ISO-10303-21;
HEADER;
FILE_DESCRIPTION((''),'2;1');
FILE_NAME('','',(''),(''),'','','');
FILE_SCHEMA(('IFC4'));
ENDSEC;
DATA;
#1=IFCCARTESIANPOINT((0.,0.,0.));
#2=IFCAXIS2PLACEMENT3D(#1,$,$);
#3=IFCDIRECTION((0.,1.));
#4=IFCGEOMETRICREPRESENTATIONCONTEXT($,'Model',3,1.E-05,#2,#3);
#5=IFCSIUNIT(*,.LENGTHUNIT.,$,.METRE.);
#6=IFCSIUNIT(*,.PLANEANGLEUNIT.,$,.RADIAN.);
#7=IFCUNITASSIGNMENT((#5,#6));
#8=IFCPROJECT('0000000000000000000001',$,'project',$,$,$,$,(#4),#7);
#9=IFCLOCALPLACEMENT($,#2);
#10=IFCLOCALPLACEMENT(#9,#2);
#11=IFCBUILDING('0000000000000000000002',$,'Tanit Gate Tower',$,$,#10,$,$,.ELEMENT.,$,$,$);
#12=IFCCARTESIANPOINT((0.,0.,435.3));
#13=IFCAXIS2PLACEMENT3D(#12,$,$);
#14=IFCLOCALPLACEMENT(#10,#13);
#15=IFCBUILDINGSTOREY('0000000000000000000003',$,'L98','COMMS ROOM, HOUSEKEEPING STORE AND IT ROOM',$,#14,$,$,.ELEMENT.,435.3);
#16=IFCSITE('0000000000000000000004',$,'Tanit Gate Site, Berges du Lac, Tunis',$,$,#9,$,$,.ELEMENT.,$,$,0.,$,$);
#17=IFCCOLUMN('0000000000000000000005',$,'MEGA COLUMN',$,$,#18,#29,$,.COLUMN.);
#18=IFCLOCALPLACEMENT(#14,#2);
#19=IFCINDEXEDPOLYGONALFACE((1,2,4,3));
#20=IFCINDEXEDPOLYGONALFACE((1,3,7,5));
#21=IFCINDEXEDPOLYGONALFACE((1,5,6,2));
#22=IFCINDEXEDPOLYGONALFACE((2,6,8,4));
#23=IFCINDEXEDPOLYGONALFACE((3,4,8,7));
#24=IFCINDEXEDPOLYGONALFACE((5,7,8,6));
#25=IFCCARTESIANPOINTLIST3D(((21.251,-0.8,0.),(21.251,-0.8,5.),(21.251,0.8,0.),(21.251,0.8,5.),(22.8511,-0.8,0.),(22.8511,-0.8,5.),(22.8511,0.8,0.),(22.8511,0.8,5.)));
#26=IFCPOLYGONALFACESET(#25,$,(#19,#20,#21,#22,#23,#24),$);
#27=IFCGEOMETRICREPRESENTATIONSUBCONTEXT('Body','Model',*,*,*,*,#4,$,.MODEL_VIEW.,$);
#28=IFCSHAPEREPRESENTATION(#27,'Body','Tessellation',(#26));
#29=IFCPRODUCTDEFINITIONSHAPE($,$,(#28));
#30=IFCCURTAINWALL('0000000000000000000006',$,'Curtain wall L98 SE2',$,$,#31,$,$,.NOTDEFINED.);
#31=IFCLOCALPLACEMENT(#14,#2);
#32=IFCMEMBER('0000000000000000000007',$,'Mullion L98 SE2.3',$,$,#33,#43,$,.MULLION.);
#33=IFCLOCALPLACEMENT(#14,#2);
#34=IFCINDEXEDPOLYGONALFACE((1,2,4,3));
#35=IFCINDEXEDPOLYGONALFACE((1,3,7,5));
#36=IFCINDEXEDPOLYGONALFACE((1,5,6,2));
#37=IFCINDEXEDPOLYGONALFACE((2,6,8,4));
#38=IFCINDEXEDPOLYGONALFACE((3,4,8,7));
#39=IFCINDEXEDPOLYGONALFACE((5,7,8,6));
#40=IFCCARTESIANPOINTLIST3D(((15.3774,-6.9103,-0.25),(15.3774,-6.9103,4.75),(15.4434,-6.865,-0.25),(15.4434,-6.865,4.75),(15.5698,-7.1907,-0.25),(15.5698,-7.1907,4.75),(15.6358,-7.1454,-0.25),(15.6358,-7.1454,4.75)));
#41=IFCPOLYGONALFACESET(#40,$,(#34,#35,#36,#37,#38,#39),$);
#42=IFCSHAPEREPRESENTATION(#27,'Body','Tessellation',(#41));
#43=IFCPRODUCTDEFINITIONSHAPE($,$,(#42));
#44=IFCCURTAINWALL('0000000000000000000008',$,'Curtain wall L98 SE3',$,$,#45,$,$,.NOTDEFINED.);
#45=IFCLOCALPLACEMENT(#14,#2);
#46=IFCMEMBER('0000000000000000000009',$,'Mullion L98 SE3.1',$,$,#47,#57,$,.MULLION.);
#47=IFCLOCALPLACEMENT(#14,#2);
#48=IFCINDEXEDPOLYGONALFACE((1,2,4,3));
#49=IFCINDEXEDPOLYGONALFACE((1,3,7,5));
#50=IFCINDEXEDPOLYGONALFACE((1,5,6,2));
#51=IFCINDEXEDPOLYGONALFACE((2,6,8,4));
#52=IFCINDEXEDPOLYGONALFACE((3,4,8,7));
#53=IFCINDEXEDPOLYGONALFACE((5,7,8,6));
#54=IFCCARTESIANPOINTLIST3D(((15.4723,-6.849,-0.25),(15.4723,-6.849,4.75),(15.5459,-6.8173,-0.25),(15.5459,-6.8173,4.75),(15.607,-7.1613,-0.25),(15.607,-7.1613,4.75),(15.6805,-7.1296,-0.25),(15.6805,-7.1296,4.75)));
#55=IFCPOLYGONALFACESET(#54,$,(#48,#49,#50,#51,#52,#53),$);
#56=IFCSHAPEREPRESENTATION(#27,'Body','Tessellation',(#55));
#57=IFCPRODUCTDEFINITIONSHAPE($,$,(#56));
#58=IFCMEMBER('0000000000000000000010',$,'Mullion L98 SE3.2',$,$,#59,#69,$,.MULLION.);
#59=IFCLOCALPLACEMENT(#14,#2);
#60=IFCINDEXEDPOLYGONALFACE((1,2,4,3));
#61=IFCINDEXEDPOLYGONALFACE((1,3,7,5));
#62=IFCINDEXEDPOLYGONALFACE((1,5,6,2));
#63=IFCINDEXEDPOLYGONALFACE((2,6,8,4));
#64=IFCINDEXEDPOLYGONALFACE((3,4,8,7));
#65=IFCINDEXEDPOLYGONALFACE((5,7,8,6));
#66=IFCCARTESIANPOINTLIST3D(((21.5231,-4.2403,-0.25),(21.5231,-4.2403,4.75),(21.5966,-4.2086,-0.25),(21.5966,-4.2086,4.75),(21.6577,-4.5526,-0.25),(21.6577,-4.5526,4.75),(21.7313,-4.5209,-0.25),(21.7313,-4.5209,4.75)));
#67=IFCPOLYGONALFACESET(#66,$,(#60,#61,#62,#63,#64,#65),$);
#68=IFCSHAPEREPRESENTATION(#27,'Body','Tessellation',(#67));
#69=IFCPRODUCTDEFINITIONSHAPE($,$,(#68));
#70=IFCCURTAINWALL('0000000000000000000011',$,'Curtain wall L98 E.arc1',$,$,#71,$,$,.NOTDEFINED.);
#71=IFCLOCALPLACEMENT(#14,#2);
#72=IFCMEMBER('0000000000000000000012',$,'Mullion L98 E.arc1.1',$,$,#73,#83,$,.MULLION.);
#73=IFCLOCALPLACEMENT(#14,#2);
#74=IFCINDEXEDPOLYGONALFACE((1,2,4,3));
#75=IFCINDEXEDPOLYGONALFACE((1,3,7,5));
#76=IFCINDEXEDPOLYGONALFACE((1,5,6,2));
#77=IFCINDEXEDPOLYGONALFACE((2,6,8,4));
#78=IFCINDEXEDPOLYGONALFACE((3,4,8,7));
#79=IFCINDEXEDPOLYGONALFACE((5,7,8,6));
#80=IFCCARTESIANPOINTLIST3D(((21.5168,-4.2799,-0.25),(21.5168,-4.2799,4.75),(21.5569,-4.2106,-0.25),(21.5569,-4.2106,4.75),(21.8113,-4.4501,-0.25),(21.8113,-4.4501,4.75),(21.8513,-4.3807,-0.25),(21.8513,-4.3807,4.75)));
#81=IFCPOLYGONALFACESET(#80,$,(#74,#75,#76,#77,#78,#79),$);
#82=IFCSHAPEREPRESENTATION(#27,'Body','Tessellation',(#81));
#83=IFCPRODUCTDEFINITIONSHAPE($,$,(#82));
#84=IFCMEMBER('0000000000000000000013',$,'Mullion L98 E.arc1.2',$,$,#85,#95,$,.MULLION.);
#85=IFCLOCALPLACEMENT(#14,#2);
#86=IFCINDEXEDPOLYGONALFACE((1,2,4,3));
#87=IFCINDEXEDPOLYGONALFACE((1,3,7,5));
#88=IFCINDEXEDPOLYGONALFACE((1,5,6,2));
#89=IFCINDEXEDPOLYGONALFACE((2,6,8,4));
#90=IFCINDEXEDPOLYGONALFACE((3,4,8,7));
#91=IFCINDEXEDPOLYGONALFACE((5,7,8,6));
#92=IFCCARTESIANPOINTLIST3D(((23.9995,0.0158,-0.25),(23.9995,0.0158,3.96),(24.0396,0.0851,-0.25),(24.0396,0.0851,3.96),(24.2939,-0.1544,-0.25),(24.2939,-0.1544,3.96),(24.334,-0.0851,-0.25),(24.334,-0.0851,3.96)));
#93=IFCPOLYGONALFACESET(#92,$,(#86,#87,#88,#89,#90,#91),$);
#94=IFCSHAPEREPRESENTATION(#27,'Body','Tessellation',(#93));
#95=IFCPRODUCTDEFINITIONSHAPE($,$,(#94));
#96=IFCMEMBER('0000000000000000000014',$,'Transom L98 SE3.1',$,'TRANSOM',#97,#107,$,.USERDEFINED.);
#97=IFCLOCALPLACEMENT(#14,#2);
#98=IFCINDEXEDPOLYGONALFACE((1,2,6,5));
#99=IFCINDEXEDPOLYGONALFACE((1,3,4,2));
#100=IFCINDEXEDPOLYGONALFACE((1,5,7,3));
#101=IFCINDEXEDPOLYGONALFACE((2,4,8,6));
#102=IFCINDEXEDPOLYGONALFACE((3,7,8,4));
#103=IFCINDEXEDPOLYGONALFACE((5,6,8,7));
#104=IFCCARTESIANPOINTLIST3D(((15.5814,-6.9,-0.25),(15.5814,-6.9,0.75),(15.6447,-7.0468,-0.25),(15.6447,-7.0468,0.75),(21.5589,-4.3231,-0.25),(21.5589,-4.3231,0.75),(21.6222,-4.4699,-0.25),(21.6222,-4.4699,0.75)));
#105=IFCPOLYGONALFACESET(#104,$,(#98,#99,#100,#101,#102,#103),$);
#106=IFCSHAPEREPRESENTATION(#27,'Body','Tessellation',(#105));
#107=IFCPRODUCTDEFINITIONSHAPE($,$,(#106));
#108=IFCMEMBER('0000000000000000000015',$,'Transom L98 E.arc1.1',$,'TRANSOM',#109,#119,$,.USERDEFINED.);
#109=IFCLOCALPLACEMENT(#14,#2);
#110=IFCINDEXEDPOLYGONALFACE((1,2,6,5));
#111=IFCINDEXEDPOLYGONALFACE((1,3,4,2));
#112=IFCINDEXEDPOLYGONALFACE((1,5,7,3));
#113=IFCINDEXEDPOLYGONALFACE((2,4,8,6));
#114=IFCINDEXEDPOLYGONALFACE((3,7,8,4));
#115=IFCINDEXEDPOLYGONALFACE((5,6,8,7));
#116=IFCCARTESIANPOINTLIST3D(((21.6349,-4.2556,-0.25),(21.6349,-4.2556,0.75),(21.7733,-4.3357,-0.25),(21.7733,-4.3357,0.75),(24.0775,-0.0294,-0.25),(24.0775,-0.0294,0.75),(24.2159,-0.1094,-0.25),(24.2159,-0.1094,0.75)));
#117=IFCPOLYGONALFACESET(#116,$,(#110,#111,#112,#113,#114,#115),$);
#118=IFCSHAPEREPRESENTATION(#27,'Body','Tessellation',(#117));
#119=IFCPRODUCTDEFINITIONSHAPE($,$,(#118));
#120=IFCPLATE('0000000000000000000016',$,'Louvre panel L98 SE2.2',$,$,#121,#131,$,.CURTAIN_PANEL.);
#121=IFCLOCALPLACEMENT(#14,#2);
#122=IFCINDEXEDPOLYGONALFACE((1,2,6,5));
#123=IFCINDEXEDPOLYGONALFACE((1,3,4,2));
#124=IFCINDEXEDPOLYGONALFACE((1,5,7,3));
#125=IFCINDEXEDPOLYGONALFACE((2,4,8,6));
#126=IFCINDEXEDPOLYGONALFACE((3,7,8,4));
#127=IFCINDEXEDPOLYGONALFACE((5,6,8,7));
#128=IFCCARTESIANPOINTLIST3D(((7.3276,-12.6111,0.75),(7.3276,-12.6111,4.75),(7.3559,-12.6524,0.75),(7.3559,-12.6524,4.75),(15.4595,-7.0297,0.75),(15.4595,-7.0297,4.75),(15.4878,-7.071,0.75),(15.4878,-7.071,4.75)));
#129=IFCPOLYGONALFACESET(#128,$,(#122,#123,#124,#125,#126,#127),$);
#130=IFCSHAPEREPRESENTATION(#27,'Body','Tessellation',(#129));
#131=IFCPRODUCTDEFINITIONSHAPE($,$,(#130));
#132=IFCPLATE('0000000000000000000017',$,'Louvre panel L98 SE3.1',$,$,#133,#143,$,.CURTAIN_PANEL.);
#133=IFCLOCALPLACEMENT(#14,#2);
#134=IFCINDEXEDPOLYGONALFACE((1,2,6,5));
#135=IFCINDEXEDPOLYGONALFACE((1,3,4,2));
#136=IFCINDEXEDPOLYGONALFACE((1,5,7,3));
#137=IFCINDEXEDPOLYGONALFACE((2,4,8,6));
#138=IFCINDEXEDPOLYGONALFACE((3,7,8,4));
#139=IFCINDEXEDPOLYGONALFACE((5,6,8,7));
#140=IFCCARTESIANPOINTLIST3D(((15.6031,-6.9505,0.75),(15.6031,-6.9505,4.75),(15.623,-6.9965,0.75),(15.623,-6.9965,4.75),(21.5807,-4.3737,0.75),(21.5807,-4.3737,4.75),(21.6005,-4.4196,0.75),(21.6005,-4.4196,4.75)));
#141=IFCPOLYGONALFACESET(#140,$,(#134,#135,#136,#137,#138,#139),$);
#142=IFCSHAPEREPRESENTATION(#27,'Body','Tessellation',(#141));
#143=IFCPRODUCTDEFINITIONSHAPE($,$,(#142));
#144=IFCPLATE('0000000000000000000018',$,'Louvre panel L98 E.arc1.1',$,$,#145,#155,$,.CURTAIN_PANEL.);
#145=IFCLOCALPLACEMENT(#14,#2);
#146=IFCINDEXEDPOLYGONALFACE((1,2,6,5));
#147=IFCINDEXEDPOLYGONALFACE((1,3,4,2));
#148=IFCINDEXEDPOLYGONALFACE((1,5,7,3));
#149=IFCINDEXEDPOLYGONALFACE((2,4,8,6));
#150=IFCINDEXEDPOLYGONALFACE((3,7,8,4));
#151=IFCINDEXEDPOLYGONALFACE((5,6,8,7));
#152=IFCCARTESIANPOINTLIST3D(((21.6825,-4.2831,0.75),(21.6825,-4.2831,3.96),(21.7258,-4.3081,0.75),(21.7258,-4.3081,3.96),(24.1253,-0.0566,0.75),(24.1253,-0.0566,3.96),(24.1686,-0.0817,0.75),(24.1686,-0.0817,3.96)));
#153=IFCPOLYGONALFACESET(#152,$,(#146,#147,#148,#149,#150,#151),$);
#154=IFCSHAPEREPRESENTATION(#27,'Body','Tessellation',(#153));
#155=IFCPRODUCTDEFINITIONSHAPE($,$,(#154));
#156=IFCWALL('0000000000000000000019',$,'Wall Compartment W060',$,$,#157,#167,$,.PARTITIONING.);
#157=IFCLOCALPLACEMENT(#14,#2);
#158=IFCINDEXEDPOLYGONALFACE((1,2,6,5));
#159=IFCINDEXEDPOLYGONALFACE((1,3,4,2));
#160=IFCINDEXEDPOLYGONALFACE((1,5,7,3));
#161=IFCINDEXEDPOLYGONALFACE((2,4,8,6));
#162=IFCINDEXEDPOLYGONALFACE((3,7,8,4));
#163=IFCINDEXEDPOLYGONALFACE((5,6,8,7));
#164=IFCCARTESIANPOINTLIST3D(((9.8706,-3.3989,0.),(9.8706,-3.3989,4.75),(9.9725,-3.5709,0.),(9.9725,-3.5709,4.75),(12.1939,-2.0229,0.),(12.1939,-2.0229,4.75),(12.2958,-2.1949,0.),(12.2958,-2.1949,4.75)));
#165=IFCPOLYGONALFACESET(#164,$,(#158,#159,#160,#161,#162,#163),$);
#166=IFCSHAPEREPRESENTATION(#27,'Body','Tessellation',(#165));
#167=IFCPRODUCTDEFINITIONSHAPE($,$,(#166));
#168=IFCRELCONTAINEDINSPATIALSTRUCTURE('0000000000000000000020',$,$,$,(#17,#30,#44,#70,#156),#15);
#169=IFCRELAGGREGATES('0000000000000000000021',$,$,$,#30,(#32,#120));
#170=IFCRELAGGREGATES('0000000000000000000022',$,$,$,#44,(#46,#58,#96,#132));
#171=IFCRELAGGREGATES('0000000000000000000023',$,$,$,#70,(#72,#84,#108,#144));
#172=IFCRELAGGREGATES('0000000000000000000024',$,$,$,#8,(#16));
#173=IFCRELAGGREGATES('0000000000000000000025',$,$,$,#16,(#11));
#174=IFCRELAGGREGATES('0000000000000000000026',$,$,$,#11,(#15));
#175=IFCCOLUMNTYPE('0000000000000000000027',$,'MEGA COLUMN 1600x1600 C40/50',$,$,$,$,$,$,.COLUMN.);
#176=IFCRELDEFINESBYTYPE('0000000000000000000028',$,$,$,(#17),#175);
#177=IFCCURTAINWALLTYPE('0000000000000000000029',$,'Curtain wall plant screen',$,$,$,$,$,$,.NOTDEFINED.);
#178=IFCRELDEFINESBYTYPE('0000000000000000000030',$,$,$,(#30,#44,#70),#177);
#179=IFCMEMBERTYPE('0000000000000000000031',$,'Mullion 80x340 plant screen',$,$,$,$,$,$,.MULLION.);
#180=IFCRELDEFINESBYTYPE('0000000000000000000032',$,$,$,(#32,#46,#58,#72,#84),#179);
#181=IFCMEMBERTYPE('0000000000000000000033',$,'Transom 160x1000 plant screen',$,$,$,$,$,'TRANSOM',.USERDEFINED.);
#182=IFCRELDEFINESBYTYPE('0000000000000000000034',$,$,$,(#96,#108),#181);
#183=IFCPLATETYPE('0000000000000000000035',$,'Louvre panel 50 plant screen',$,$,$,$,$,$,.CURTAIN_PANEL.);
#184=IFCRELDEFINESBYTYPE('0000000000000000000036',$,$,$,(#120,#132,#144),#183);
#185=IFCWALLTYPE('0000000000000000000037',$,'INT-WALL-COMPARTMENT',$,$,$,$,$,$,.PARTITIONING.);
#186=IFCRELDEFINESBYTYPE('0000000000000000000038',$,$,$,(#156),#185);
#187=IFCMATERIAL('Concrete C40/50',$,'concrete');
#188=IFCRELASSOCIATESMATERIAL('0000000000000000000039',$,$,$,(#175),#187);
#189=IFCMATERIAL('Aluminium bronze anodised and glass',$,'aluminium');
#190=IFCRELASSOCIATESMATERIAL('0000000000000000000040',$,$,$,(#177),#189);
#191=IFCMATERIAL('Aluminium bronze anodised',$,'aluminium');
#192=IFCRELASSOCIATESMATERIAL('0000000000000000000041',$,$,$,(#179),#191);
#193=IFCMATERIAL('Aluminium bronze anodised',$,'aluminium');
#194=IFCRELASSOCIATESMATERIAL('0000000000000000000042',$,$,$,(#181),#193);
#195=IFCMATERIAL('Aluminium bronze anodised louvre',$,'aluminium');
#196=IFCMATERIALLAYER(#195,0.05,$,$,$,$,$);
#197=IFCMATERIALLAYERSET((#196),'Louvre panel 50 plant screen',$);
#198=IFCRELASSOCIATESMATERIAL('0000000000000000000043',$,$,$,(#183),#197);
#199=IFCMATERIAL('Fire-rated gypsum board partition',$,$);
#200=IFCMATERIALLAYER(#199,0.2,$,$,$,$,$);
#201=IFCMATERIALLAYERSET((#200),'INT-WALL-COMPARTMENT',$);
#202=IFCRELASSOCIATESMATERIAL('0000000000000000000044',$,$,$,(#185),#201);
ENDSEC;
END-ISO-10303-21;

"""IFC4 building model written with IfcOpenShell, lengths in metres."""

from ifc_helpers import new_model, si_unit, direction, frame, frame_2d, origin, origin_2d, place, context, subcontext, project, spatial, rectangle, extrude, material, layer, layer_set, material_profile, profile_set, type_object, element, aggregate, save


model = new_model("IFC4")

# Units and contexts
model_context = context("Model", 3, precision=1e-05, world=origin(), true_north=direction((0.0, 1.0)))
body_context = subcontext(model_context, "Body", "Model", "MODEL_VIEW")
ifc_project = project(units=[si_unit("LENGTHUNIT", "METRE"), si_unit("PLANEANGLEUNIT", "RADIAN")], contexts=[model_context])

# Site, building, storey
site_placement = place(None, origin())
site = spatial("IfcSite", under=ifc_project, at=site_placement, Name="Tanit Gate Site, Berges du Lac, Tunis", CompositionType="ELEMENT", RefElevation=0.0)
building_placement = place(site_placement, origin())
building = spatial("IfcBuilding", under=site, at=building_placement, Name="Tanit Gate Tower", CompositionType="ELEMENT")
storey_placement = place(building_placement, frame((0.0, 0.0, 435.3)))
storey = spatial("IfcBuildingStorey", under=building, at=storey_placement, Name="L98", Description="COMMS ROOM, HOUSEKEEPING STORE AND IT ROOM", CompositionType="ELEMENT", Elevation=435.3)

# Column
ifc_material_1 = material(Name="Concrete C40/50", Category="concrete")
ifc_material_profile_1 = material_profile(ifc_material_1, rectangle(XDim=1.6001, YDim=1.6001, at=origin_2d()), Name="RC 1600x1600")
ifc_profile_set_1 = profile_set([ifc_material_profile_1], Name="Concrete C40/50")
column_type = type_object("IfcColumnType", Name="MEGA COLUMN 1600x1600 C40/50", PredefinedType="COLUMN", material=ifc_profile_set_1)
column_placement = place(storey_placement, frame((22.051, 0.0, 0.0), z_axis=(0.0, 0.0, 1.0), x_axis=(1.0, 0.0, 0.0)))
element("IfcColumn", 1, at=column_placement, inside=storey, type_object=column_type, Name="MEGA COLUMN", PredefinedType="COLUMN", context=body_context, shape_type="SweptSolid", body=[
    extrude(rectangle(XDim=1.6001, YDim=1.6001, at=origin_2d()), origin(), (0.0, 0.0, 1.0), 5.0),
])

# Curtain wall, member
ifc_material_2 = material(Name="Aluminium bronze anodised and glass", Category="aluminium")
curtain_wall_type = type_object("IfcCurtainWallType", Name="Curtain wall plant screen", PredefinedType="NOTDEFINED", material=ifc_material_2)
curtain_wall_1_placement = place(storey_placement, origin())
curtain_wall_1 = element("IfcCurtainWall", 2, at=curtain_wall_1_placement, inside=storey, type_object=curtain_wall_type, Name="Curtain wall L98 SE2", PredefinedType="NOTDEFINED")
ifc_material_3 = material(Name="Aluminium bronze anodised", Category="aluminium")
ifc_material_profile_2 = material_profile(ifc_material_3, rectangle(XDim=0.3401, YDim=0.0801, at=origin_2d()), Name="80x340 bronze mullion")
ifc_profile_set_2 = profile_set([ifc_material_profile_2], Name="Aluminium bronze anodised")
member_type_1 = type_object("IfcMemberType", Name="Mullion 80x340 plant screen", PredefinedType="MULLION", material=ifc_profile_set_2)
member_1_placement = place(storey_placement, frame((15.5066, -7.0278, -0.25), z_axis=(0.0, 0.0, 1.0), x_axis=(-0.565893, 0.824479, 0.0)))
member_1 = element("IfcMember", 3, at=member_1_placement, type_object=member_type_1, Name="Mullion L98 SE2.3", PredefinedType="MULLION", context=body_context, shape_type="SweptSolid", body=[
    extrude(rectangle(XDim=0.3401, YDim=0.0801, at=origin_2d()), origin(), (0.0, 0.0, 1.0), 5.0),
])

# Curtain walls, members
curtain_wall_2_placement = place(storey_placement, origin())
curtain_wall_2 = element("IfcCurtainWall", 4, at=curtain_wall_2_placement, inside=storey, type_object=curtain_wall_type, Name="Curtain wall L98 SE3", PredefinedType="NOTDEFINED")
member_2_placement = place(storey_placement, frame((15.5764, -6.9893, -0.25), z_axis=(0.0, 0.0, 1.0), x_axis=(-0.395871, 0.918306, 0.0)))
member_2 = element("IfcMember", 5, at=member_2_placement, type_object=member_type_1, Name="Mullion L98 SE3.1", PredefinedType="MULLION", context=body_context, shape_type="SweptSolid", body=[
    extrude(rectangle(XDim=0.3401, YDim=0.0801, at=origin_2d()), origin(), (0.0, 0.0, 1.0), 5.0),
])
member_3_placement = place(storey_placement, frame((21.6272, -4.3806, -0.25), z_axis=(0.0, 0.0, 1.0), x_axis=(-0.395871, 0.918306, 0.0)))
member_3 = element("IfcMember", 6, at=member_3_placement, type_object=member_type_1, Name="Mullion L98 SE3.2", PredefinedType="MULLION", context=body_context, shape_type="SweptSolid", body=[
    extrude(rectangle(XDim=0.3401, YDim=0.0801, at=origin_2d()), origin(), (0.0, 0.0, 1.0), 5.0),
])
curtain_wall_3_placement = place(storey_placement, origin())
curtain_wall_3 = element("IfcCurtainWall", 7, at=curtain_wall_3_placement, inside=storey, type_object=curtain_wall_type, Name="Curtain wall L98 E.arc1", PredefinedType="NOTDEFINED")
member_4_placement = place(storey_placement, frame((21.6841, -4.3303, -0.25), z_axis=(0.0, 0.0, 1.0), x_axis=(-0.86579, 0.500408, 0.0)))
member_4 = element("IfcMember", 8, at=member_4_placement, type_object=member_type_1, Name="Mullion L98 E.arc1.1", PredefinedType="MULLION", context=body_context, shape_type="SweptSolid", body=[
    extrude(rectangle(XDim=0.3401, YDim=0.0801, at=origin_2d()), origin(), (0.0, 0.0, 1.0), 5.0),
])
member_5_placement = place(storey_placement, frame((24.1667, -0.0347, -0.25), z_axis=(0.0, 0.0, 1.0), x_axis=(-0.86579, 0.500408, 0.0)))
member_5 = element("IfcMember", 9, at=member_5_placement, type_object=member_type_1, Name="Mullion L98 E.arc1.2", PredefinedType="MULLION", context=body_context, shape_type="SweptSolid", body=[
    extrude(rectangle(XDim=0.3401, YDim=0.0801, at=origin_2d()), origin(), (0.0, 0.0, 1.0), 4.21),
])

# Members
ifc_material_4 = material(Name="Aluminium bronze anodised", Category="aluminium")
ifc_material_profile_3 = material_profile(ifc_material_4, rectangle(XDim=0.1599, YDim=1.0, at=origin_2d()), Name="160x1000 bronze transom")
ifc_profile_set_3 = profile_set([ifc_material_profile_3], Name="Aluminium bronze anodised")
member_type_2 = type_object("IfcMemberType", Name="Transom 160x1000 plant screen", ElementType="TRANSOM", PredefinedType="USERDEFINED", material=ifc_profile_set_3)
member_6_placement = place(storey_placement, frame((15.613, -6.9734, 0.25), z_axis=(0.918303, 0.395878, 0.0), x_axis=(-0.395878, 0.918303, 0.0)))
member_6 = element("IfcMember", 10, at=member_6_placement, type_object=member_type_2, Name="Transom L98 SE3.1", ObjectType="TRANSOM", PredefinedType="USERDEFINED", context=body_context, shape_type="SweptSolid", body=[
    extrude(rectangle(XDim=0.1599, YDim=1.0, at=origin_2d()), origin(), (0.0, 0.0, 1.0), 6.5093),
])
member_7_placement = place(storey_placement, frame((21.7041, -4.2957, 0.25), z_axis=(0.500393, 0.865798, 0.0), x_axis=(-0.865798, 0.500393, 0.0)))
member_7 = element("IfcMember", 11, at=member_7_placement, type_object=member_type_2, Name="Transom L98 E.arc1.1", ObjectType="TRANSOM", PredefinedType="USERDEFINED", context=body_context, shape_type="SweptSolid", body=[
    extrude(rectangle(XDim=0.1599, YDim=1.0, at=origin_2d()), origin(), (0.0, 0.0, 1.0), 4.8813),
])

# Plates
ifc_material_5 = material(Name="Aluminium bronze anodised louvre", Category="aluminium")
ifc_layer_1 = layer(ifc_material_5, 0.05)
ifc_layer_set_1 = layer_set([ifc_layer_1], Name="Louvre panel 50 plant screen")
plate_type = type_object("IfcPlateType", Name="Louvre panel 50 plant screen", PredefinedType="CURTAIN_PANEL", material=ifc_layer_set_1)
plate_1_placement = place(storey_placement, frame((11.4077, -9.8411, 0.75), z_axis=(0.0, 0.0, 1.0), x_axis=(0.824479, 0.565893, 0.0)))
plate_1 = element("IfcPlate", 12, at=plate_1_placement, type_object=plate_type, Name="Louvre panel L98 SE2.2", PredefinedType="CURTAIN_PANEL", context=body_context, shape_type="SweptSolid", body=[
    extrude(rectangle(XDim=9.863, YDim=0.05, at=origin_2d()), origin(), (0.0, 0.0, 1.0), 4.0),
])
aggregate(curtain_wall_1, [member_1, plate_1])
plate_2_placement = place(storey_placement, frame((18.6018, -5.6851, 0.75), z_axis=(0.0, 0.0, 1.0), x_axis=(0.918306, 0.395871, 0.0)))
plate_2 = element("IfcPlate", 13, at=plate_2_placement, type_object=plate_type, Name="Louvre panel L98 SE3.1", PredefinedType="CURTAIN_PANEL", context=body_context, shape_type="SweptSolid", body=[
    extrude(rectangle(XDim=6.5093, YDim=0.05, at=origin_2d()), origin(), (0.0, 0.0, 1.0), 4.0),
])
aggregate(curtain_wall_2, [member_2, member_3, member_6, plate_2])
plate_3_placement = place(storey_placement, frame((22.9255, -2.1824, 0.75), z_axis=(0.0, 0.0, 1.0), x_axis=(0.500408, 0.86579, 0.0)))
plate_3 = element("IfcPlate", 14, at=plate_3_placement, type_object=plate_type, Name="Louvre panel L98 E.arc1.1", PredefinedType="CURTAIN_PANEL", context=body_context, shape_type="SweptSolid", body=[
    extrude(rectangle(XDim=4.8816, YDim=0.05, at=origin_2d()), origin(), (0.0, 0.0, 1.0), 3.21),
])
aggregate(curtain_wall_3, [member_4, member_5, member_7, plate_3])

# Wall
ifc_material_6 = material(Name="Fire-rated gypsum board partition")
ifc_layer_2 = layer(ifc_material_6, 0.2)
ifc_layer_set_2 = layer_set([ifc_layer_2], Name="INT-WALL-COMPARTMENT")
wall_type_1 = type_object("IfcWallType", Name="INT-WALL-COMPARTMENT", PredefinedType="PARTITIONING", material=ifc_layer_set_2)
wall_1_placement = place(storey_placement, frame((12.2449, -2.1089, 0.0), z_axis=(0.0, 0.0, 1.0), x_axis=(-0.860415, -0.509594, 0.0)))
element("IfcWall", 15, at=wall_1_placement, inside=storey, type_object=wall_type_1, Name="Wall Compartment W060", PredefinedType="PARTITIONING", context=body_context, shape_type="SweptSolid", body=[
    extrude(rectangle(XDim=2.7002, YDim=0.2, at=frame_2d((1.3501, 0.0))), origin(), (0.0, 0.0, 1.0), 4.75),
])

save(model, "model.ifc")
